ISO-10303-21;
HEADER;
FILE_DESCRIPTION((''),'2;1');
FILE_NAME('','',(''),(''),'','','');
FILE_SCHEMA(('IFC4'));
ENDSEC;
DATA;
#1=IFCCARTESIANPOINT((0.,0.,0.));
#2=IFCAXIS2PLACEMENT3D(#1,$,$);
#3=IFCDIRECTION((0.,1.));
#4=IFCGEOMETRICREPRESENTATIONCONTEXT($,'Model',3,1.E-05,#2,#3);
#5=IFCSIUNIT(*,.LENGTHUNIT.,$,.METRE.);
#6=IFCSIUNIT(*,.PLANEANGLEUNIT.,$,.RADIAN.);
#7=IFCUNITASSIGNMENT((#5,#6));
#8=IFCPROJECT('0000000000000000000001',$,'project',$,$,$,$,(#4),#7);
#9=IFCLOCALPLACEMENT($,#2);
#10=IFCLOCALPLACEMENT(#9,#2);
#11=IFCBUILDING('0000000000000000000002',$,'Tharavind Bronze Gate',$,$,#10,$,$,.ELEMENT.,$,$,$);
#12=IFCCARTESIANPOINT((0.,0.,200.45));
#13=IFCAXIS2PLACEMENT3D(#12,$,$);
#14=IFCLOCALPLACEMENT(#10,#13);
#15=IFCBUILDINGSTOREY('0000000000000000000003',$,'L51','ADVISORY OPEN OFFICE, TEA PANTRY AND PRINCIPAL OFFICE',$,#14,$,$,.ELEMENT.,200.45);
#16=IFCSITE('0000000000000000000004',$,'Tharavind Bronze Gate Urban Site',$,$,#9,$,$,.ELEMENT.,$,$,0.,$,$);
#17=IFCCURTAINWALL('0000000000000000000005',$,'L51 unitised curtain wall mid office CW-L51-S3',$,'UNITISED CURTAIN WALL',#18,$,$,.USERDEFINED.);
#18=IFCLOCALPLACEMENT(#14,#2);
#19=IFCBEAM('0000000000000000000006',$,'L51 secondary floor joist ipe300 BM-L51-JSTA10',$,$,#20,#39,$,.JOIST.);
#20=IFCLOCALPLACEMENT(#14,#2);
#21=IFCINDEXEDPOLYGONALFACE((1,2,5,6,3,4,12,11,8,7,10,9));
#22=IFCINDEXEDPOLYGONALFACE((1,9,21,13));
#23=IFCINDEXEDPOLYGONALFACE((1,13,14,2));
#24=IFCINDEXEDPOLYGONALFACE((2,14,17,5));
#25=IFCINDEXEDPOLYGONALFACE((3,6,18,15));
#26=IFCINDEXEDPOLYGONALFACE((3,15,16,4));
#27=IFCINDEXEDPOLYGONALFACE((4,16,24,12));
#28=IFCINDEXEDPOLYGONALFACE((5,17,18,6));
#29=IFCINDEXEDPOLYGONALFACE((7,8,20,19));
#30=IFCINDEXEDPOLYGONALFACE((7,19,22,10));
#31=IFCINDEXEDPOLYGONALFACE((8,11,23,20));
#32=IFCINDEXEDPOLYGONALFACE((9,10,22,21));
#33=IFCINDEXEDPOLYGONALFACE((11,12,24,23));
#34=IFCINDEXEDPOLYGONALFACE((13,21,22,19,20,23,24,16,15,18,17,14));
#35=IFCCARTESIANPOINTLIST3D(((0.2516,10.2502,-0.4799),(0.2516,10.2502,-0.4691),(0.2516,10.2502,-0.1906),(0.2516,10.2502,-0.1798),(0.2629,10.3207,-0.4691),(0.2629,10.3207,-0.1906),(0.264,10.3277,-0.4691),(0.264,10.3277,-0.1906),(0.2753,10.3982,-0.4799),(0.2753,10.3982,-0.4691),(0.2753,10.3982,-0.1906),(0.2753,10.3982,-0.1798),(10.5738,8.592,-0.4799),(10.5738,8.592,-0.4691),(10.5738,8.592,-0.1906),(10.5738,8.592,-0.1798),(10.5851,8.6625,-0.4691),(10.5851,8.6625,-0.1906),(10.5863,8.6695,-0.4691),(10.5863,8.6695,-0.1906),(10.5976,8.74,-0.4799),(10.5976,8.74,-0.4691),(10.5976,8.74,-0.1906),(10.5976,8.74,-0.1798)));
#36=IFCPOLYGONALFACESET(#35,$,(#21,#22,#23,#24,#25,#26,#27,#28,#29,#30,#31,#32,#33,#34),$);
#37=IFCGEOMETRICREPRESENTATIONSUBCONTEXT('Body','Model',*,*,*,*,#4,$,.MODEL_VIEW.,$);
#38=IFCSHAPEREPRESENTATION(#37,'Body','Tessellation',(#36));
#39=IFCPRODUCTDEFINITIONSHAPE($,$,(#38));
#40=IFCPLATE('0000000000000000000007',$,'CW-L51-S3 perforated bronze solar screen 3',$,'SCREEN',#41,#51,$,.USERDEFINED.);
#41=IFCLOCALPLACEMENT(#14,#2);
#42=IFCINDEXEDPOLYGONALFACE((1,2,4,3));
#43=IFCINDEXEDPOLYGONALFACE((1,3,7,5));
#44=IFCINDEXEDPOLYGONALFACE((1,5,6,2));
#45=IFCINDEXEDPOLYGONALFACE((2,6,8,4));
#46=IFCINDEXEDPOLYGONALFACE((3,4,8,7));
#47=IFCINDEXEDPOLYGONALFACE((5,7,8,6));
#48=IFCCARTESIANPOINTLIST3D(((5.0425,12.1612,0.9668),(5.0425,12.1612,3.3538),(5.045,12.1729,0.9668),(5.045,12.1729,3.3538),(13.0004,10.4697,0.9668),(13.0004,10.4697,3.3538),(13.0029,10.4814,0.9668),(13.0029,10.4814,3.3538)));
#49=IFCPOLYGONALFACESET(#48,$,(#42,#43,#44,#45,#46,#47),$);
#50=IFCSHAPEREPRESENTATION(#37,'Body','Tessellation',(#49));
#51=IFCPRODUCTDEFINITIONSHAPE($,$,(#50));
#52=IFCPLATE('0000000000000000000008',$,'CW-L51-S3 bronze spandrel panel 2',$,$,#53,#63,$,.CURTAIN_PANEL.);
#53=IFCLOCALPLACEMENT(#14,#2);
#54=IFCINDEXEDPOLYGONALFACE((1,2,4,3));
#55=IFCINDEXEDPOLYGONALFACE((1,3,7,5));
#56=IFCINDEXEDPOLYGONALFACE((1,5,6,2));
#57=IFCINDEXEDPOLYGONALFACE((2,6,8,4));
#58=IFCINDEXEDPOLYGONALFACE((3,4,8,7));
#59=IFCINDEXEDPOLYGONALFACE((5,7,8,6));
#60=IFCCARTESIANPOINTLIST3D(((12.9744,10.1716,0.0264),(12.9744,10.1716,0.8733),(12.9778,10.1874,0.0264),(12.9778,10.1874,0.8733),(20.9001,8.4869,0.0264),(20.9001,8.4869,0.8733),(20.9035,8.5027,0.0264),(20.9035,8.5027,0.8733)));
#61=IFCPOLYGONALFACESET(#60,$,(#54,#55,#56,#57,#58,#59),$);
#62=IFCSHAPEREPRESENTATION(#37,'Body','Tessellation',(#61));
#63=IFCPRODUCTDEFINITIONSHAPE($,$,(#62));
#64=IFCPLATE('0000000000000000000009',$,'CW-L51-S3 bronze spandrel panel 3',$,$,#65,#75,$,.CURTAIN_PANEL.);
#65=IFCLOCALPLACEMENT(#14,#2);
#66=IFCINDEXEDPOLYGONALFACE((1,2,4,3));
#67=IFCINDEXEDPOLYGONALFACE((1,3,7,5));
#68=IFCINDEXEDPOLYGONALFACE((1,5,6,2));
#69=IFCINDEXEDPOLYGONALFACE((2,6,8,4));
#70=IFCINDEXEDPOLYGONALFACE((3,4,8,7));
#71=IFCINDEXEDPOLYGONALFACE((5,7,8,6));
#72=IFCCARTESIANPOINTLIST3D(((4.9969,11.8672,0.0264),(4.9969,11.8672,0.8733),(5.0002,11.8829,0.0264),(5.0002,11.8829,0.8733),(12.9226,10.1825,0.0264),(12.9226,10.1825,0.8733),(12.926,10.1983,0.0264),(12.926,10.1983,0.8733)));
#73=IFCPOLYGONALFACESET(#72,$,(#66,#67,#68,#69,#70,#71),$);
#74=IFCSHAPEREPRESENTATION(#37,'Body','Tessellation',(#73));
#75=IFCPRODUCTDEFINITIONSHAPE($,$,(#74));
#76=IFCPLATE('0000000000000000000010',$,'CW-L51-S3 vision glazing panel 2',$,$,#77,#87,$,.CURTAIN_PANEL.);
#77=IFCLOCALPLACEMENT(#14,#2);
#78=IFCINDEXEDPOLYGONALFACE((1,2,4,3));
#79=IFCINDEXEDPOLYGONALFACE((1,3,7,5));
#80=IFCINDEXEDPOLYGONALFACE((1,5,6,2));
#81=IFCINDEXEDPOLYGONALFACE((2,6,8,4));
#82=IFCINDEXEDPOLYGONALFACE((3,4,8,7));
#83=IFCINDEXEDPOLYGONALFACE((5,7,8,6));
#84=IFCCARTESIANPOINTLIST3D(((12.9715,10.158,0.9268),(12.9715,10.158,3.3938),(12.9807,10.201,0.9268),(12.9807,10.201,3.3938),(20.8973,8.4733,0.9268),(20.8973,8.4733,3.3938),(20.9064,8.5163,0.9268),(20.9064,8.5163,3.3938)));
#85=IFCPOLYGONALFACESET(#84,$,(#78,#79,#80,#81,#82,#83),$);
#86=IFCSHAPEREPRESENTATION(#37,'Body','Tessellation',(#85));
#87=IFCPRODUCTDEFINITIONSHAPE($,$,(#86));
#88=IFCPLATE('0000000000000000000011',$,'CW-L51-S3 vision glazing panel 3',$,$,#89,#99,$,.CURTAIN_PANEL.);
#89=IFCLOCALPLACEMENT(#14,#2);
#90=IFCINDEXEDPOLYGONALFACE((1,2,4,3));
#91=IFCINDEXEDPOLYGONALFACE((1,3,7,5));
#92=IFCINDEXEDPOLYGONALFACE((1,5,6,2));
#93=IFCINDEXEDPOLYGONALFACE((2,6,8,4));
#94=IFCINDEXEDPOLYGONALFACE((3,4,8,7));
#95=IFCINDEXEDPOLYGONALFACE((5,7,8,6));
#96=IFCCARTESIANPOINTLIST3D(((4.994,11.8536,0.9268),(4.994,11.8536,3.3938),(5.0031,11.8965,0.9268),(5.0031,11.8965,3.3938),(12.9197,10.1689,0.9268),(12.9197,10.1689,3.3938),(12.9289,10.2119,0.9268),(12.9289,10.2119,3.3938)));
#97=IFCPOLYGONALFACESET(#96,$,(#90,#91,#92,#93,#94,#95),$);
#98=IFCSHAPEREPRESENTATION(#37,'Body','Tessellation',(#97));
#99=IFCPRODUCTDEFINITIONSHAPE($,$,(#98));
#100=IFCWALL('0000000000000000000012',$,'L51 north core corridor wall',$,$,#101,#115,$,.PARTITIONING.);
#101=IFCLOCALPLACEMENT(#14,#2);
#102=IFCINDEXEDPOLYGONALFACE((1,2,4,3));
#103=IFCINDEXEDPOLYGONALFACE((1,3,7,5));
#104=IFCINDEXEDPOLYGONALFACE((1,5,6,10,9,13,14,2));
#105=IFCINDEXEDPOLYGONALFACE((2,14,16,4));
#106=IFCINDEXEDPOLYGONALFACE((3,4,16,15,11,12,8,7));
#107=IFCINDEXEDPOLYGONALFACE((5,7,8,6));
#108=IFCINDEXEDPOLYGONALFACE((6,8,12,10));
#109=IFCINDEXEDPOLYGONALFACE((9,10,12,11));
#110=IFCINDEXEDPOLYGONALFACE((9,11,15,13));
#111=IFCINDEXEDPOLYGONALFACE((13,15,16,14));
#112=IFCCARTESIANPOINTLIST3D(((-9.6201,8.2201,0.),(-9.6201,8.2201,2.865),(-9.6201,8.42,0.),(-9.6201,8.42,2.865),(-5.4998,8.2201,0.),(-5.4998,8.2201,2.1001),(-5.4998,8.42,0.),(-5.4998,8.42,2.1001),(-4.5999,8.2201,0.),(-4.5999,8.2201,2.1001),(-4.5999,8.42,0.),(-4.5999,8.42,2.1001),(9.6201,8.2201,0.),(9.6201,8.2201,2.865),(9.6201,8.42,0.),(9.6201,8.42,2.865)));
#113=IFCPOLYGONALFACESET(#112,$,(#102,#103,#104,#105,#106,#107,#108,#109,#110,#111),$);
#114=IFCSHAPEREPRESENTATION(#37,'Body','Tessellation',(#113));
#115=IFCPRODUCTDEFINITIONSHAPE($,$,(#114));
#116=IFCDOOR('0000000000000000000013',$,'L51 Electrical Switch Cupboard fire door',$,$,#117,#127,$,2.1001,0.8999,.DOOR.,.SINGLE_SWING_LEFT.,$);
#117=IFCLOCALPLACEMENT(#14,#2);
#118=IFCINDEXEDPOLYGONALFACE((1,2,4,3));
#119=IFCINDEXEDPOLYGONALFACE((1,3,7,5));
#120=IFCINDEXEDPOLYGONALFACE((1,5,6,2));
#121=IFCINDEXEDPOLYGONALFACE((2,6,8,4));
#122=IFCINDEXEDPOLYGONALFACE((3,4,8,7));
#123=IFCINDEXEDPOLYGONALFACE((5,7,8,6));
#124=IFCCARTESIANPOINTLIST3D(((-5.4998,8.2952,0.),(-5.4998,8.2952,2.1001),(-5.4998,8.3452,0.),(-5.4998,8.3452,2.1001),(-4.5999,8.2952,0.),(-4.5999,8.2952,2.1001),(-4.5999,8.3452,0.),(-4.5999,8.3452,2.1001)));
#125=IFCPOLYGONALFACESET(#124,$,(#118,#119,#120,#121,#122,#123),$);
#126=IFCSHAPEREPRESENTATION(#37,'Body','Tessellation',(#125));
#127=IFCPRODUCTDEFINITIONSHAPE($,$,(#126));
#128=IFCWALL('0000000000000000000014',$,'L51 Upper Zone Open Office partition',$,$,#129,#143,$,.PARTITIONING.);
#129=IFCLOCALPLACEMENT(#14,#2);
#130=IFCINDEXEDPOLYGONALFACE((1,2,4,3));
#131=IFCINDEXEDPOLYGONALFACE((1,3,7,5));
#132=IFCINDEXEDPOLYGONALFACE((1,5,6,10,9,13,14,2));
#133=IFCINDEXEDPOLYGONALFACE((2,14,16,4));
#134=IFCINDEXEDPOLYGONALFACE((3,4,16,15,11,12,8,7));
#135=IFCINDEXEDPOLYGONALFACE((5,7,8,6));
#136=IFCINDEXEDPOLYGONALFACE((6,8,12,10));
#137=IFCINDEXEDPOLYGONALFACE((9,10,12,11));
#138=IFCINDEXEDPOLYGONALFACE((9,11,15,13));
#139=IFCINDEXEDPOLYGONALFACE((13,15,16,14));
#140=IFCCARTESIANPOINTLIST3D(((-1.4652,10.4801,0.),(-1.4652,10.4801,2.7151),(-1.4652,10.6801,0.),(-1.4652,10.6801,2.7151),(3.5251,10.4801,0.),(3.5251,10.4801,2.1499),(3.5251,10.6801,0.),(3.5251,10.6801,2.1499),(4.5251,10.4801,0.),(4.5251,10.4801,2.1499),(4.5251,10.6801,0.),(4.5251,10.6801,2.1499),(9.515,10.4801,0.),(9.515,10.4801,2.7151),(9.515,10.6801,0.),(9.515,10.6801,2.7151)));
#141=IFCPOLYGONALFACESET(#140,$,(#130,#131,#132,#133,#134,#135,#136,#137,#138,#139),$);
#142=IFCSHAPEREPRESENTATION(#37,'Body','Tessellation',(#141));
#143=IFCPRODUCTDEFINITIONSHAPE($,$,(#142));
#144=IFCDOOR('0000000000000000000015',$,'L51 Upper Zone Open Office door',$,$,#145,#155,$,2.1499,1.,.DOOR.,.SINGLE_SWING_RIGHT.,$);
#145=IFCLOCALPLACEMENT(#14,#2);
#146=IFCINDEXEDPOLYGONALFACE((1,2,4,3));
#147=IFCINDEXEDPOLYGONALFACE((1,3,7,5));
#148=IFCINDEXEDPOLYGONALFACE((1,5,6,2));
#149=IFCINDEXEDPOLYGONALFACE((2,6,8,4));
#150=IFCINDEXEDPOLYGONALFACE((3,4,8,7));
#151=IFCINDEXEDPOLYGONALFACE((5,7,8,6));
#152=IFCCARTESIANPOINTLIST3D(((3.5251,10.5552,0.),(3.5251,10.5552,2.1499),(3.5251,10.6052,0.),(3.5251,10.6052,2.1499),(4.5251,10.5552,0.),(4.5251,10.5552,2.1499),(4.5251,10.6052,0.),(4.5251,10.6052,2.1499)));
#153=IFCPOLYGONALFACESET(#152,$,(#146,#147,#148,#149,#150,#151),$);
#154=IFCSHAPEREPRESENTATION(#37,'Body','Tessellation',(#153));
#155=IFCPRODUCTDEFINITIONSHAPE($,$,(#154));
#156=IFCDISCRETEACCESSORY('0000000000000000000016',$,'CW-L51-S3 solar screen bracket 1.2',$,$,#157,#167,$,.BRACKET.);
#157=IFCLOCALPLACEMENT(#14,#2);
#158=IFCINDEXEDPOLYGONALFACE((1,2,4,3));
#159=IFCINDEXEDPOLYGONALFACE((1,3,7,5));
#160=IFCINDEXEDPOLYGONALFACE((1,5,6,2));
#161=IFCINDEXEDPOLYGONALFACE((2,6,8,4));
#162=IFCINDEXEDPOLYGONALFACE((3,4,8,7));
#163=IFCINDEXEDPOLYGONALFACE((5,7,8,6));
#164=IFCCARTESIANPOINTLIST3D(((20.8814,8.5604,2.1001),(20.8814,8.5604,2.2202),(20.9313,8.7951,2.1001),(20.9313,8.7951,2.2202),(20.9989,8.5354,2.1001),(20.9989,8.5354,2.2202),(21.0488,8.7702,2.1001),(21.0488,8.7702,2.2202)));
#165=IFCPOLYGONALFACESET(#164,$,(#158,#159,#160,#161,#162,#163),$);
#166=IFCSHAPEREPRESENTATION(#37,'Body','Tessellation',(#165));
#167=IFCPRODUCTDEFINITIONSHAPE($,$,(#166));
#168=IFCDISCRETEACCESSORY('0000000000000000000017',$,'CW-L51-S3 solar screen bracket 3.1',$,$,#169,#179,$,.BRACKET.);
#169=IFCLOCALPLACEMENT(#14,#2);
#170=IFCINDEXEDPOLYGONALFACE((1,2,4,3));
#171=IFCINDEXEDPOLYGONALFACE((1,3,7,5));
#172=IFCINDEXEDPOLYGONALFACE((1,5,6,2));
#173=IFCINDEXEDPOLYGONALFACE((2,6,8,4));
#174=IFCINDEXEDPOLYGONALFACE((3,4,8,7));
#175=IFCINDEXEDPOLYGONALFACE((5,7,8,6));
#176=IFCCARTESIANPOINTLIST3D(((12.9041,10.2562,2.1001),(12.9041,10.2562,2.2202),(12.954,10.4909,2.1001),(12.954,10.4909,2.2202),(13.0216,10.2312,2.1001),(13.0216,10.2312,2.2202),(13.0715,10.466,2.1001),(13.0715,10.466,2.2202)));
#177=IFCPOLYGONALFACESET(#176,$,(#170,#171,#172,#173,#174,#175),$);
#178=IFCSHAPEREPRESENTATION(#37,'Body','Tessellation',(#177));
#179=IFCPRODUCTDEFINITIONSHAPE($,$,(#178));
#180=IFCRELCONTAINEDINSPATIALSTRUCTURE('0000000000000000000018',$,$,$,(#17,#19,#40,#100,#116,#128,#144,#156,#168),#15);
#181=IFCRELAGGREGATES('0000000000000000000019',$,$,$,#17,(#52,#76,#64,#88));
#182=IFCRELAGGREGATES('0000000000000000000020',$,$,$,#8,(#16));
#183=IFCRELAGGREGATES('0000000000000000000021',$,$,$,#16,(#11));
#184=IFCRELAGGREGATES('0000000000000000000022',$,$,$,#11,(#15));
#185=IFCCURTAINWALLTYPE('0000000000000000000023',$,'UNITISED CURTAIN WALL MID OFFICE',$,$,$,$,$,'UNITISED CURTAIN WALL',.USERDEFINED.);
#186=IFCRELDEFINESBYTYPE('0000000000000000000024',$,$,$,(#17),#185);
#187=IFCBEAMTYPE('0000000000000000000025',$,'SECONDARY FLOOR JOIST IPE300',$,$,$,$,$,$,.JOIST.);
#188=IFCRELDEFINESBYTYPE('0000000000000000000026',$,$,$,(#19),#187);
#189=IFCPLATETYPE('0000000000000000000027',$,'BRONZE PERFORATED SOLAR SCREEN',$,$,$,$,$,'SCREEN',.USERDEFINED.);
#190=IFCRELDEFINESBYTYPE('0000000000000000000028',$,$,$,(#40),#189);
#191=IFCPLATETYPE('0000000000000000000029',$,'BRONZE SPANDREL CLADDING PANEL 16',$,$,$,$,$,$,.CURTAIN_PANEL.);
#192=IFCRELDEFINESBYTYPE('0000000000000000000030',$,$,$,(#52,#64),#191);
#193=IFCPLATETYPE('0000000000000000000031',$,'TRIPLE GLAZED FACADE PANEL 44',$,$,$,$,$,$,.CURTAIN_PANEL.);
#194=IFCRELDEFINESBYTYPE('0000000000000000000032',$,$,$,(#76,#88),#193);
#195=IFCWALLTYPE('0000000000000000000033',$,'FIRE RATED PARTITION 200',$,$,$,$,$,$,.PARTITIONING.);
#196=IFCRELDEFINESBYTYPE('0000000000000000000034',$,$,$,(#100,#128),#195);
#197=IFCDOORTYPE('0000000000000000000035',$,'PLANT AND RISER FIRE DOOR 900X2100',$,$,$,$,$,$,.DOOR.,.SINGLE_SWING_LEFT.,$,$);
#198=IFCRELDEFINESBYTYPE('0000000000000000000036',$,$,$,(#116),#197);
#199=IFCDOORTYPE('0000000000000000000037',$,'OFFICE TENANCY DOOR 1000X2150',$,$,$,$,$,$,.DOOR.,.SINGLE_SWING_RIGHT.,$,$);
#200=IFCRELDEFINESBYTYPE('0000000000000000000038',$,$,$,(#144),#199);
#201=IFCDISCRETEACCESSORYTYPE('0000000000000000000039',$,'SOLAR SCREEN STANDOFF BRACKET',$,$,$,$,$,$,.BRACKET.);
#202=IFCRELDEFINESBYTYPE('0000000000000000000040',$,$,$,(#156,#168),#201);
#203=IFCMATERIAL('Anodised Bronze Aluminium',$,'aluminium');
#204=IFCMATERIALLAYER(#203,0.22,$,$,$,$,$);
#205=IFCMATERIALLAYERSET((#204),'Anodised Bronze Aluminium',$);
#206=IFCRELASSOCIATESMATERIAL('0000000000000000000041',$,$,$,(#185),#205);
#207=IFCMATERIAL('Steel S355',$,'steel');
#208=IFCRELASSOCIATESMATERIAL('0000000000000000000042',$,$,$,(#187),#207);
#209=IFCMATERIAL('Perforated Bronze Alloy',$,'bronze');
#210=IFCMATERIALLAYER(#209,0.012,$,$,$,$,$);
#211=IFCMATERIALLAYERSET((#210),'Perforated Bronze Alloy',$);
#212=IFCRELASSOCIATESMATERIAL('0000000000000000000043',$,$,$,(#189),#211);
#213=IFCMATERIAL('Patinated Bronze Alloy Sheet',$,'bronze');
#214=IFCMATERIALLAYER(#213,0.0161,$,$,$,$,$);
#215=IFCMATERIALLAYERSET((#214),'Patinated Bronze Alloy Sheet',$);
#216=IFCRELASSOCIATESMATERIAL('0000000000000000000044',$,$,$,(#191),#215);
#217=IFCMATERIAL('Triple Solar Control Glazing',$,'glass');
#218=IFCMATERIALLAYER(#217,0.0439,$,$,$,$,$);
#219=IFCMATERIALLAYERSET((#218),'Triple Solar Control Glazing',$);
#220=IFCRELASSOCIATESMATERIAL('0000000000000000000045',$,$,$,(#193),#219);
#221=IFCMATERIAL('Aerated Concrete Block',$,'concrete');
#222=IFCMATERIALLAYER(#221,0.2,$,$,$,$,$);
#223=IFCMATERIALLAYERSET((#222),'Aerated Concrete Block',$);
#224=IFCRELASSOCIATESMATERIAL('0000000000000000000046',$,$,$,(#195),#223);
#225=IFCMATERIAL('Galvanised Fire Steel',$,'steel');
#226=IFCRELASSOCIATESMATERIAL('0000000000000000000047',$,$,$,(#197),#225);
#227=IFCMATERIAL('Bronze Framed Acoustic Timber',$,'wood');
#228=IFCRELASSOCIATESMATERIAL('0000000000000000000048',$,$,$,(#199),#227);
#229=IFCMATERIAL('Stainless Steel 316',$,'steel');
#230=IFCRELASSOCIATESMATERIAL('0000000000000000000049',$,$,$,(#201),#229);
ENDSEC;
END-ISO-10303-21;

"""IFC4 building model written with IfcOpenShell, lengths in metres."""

from ifc_helpers import new_model, si_unit, direction, frame, frame_2d, origin, origin_2d, place, context, subcontext, project, spatial, rectangle, i_section, extrude, material, layer, layer_set, material_profile, profile_set, type_object, element, fill, aggregate, save


model = new_model("IFC4")

# Units and contexts
model_context = context("Model", 3, precision=1e-05, world=origin(), true_north=direction((0.0, 1.0)))
body_context = subcontext(model_context, "Body", "Model", "MODEL_VIEW")
ifc_project = project(units=[si_unit("LENGTHUNIT", "METRE"), si_unit("PLANEANGLEUNIT", "RADIAN")], contexts=[model_context])

# Site, building, storey
site_placement = place(None, origin())
site = spatial("IfcSite", under=ifc_project, at=site_placement, Name="Tharavind Bronze Gate Urban Site", CompositionType="ELEMENT", RefElevation=0.0)
building_placement = place(site_placement, origin())
building = spatial("IfcBuilding", under=site, at=building_placement, Name="Tharavind Bronze Gate", CompositionType="ELEMENT")
storey_placement = place(building_placement, frame((0.0, 0.0, 200.45)))
storey = spatial("IfcBuildingStorey", under=building, at=storey_placement, Name="L51", Description="ADVISORY OPEN OFFICE, TEA PANTRY AND PRINCIPAL OFFICE", CompositionType="ELEMENT", Elevation=200.45)

# Curtain wall
ifc_material_1 = material(Name="Anodised Bronze Aluminium", Category="aluminium")
ifc_layer_1 = layer(ifc_material_1, 0.22)
ifc_layer_set_1 = layer_set([ifc_layer_1], Name="Anodised Bronze Aluminium")
curtain_wall_type = type_object("IfcCurtainWallType", Name="UNITISED CURTAIN WALL MID OFFICE", ElementType="UNITISED CURTAIN WALL", PredefinedType="USERDEFINED", material=ifc_layer_set_1)
curtain_wall_placement = place(storey_placement, origin())
curtain_wall = element("IfcCurtainWall", 1, at=curtain_wall_placement, inside=storey, type_object=curtain_wall_type, Name="L51 unitised curtain wall mid office CW-L51-S3", ObjectType="UNITISED CURTAIN WALL", PredefinedType="USERDEFINED")

# Beam
ifc_material_2 = material(Name="Steel S355", Category="steel")
ifc_material_profile_1 = material_profile(ifc_material_2, i_section(OverallWidth=0.1499, OverallDepth=0.3, WebThickness=0.0071, FlangeThickness=0.0107, at=origin_2d()), Name="IPE300")
ifc_profile_set_1 = profile_set([ifc_material_profile_1], Name="Steel S355")
beam_type_1 = type_object("IfcBeamType", Name="SECONDARY FLOOR JOIST IPE300", PredefinedType="JOIST", material=ifc_profile_set_1)
beam_1_placement = place(storey_placement, frame((10.5857, 8.666, -0.3298), z_axis=(-0.987341, 0.15861, 0.0), x_axis=(-0.15861, -0.987341, 0.0)))
element("IfcBeam", 2, at=beam_1_placement, inside=storey, type_object=beam_type_1, Name="L51 secondary floor joist ipe300 BM-L51-JSTA10", PredefinedType="JOIST", context=body_context, shape_type="SweptSolid", body=[
    extrude(i_section(OverallWidth=0.1499, OverallDepth=0.3, WebThickness=0.0071, FlangeThickness=0.0107, at=origin_2d()), origin(), (0.0, 0.0, 1.0), 10.4546),
])

# Plates
ifc_material_3 = material(Name="Perforated Bronze Alloy", Category="bronze")
ifc_layer_2 = layer(ifc_material_3, 0.012)
ifc_layer_set_2 = layer_set([ifc_layer_2], Name="Perforated Bronze Alloy")
plate_type_1 = type_object("IfcPlateType", Name="BRONZE PERFORATED SOLAR SCREEN", ElementType="SCREEN", PredefinedType="USERDEFINED", material=ifc_layer_set_2)
plate_1_placement = place(storey_placement, frame((9.0227, 11.3213, 0.9668), z_axis=(0.0, 0.0, 1.0), x_axis=(-0.978148, 0.207912, 0.0)))
element("IfcPlate", 3, at=plate_1_placement, inside=storey, type_object=plate_type_1, Name="CW-L51-S3 perforated bronze solar screen 3", ObjectType="SCREEN", PredefinedType="USERDEFINED", context=body_context, shape_type="SweptSolid", body=[
    extrude(rectangle(XDim=8.1357, YDim=0.012, at=origin_2d()), origin(), (0.0, 0.0, 1.0), 2.387),
])
ifc_material_4 = material(Name="Patinated Bronze Alloy Sheet", Category="bronze")
ifc_layer_3 = layer(ifc_material_4, 0.0161)
ifc_layer_set_3 = layer_set([ifc_layer_3], Name="Patinated Bronze Alloy Sheet")
plate_type_2 = type_object("IfcPlateType", Name="BRONZE SPANDREL CLADDING PANEL 16", PredefinedType="CURTAIN_PANEL", material=ifc_layer_set_3)
plate_2_placement = place(storey_placement, frame((16.939, 9.3372, 0.0264), z_axis=(0.0, 0.0, 1.0), x_axis=(-0.978148, 0.207912, 0.0)))
plate_2 = element("IfcPlate", 4, at=plate_2_placement, type_object=plate_type_2, Name="CW-L51-S3 bronze spandrel panel 2", PredefinedType="CURTAIN_PANEL", context=body_context, shape_type="SweptSolid", body=[
    extrude(rectangle(XDim=8.1028, YDim=0.0161, at=origin_2d()), origin(), (0.0, 0.0, 1.0), 0.8469),
])
plate_3_placement = place(storey_placement, frame((8.9614, 11.0327, 0.0264), z_axis=(0.0, 0.0, 1.0), x_axis=(-0.978148, 0.207912, 0.0)))
plate_3 = element("IfcPlate", 5, at=plate_3_placement, type_object=plate_type_2, Name="CW-L51-S3 bronze spandrel panel 3", PredefinedType="CURTAIN_PANEL", context=body_context, shape_type="SweptSolid", body=[
    extrude(rectangle(XDim=8.1028, YDim=0.0161, at=origin_2d()), origin(), (0.0, 0.0, 1.0), 0.8469),
])
ifc_material_5 = material(Name="Triple Solar Control Glazing", Category="glass")
ifc_layer_4 = layer(ifc_material_5, 0.0439)
ifc_layer_set_4 = layer_set([ifc_layer_4], Name="Triple Solar Control Glazing")
plate_type_3 = type_object("IfcPlateType", Name="TRIPLE GLAZED FACADE PANEL 44", PredefinedType="CURTAIN_PANEL", material=ifc_layer_set_4)
plate_4_placement = place(storey_placement, frame((16.939, 9.3372, 0.9268), z_axis=(0.0, 0.0, 1.0), x_axis=(-0.978148, 0.207912, 0.0)))
plate_4 = element("IfcPlate", 6, at=plate_4_placement, type_object=plate_type_3, Name="CW-L51-S3 vision glazing panel 2", PredefinedType="CURTAIN_PANEL", context=body_context, shape_type="SweptSolid", body=[
    extrude(rectangle(XDim=8.1028, YDim=0.0439, at=origin_2d()), origin(), (0.0, 0.0, 1.0), 2.467),
])
plate_5_placement = place(storey_placement, frame((8.9614, 11.0327, 0.9268), z_axis=(0.0, 0.0, 1.0), x_axis=(-0.978148, 0.207912, 0.0)))
plate_5 = element("IfcPlate", 7, at=plate_5_placement, type_object=plate_type_3, Name="CW-L51-S3 vision glazing panel 3", PredefinedType="CURTAIN_PANEL", context=body_context, shape_type="SweptSolid", body=[
    extrude(rectangle(XDim=8.1028, YDim=0.0439, at=origin_2d()), origin(), (0.0, 0.0, 1.0), 2.467),
])
aggregate(curtain_wall, [plate_2, plate_4, plate_3, plate_5])

# Walls, openings, doors
ifc_material_6 = material(Name="Aerated Concrete Block", Category="concrete")
ifc_layer_5 = layer(ifc_material_6, 0.2)
ifc_layer_set_5 = layer_set([ifc_layer_5], Name="Aerated Concrete Block")
wall_type = type_object("IfcWallType", Name="FIRE RATED PARTITION 200", PredefinedType="PARTITIONING", material=ifc_layer_set_5)
wall_1_placement = place(storey_placement, frame((9.6201, 8.3201, 0.0), z_axis=(0.0, 0.0, 1.0), x_axis=(-1.0, 0.0, 0.0)))
wall_1 = element("IfcWall", 8, at=wall_1_placement, inside=storey, type_object=wall_type, Name="L51 north core corridor wall", PredefinedType="PARTITIONING", context=body_context, shape_type="SweptSolid", body=[
    extrude(rectangle(XDim=19.2402, YDim=0.2, at=frame_2d((9.6201, 0.0))), origin(), (0.0, 0.0, 1.0), 2.865),
])
opening_1_placement = place(wall_1_placement, frame((14.22, 0.0, 0.0)))
opening_1 = element("IfcOpeningElement", 9, at=opening_1_placement, cuts=wall_1, PredefinedType="OPENING", context=body_context, shape_type="SweptSolid", body=[
    extrude(rectangle(XDim=0.8999, YDim=2.1001, at=frame_2d((0.45, 1.05))), frame((0.0, 0.1101, 0.0), z_axis=(0.0, -1.0, 0.0), x_axis=(1.0, 0.0, 0.0)), (0.0, 0.0, 1.0), 0.22),
])
ifc_material_7 = material(Name="Galvanised Fire Steel", Category="steel")
door_type_1 = type_object("IfcDoorType", Name="PLANT AND RISER FIRE DOOR 900X2100", OperationType="SINGLE_SWING_LEFT", PredefinedType="DOOR", material=ifc_material_7)
door_1_placement = place(opening_1_placement, origin())
door_1 = element("IfcDoor", 10, at=door_1_placement, inside=storey, type_object=door_type_1, Name="L51 Electrical Switch Cupboard fire door", OperationType="SINGLE_SWING_LEFT", OverallHeight=2.1001, OverallWidth=0.8999, PredefinedType="DOOR", context=body_context, shape_type="SweptSolid", body=[
    extrude(rectangle(XDim=0.8999, YDim=2.1001, at=frame_2d((0.45, 1.05))), frame((0.0, 0.0249, 0.0), z_axis=(0.0, -1.0, 0.0), x_axis=(1.0, 0.0, 0.0)), (0.0, 0.0, 1.0), 0.05),
])
fill(opening_1, door_1)
wall_2_placement = place(storey_placement, frame((9.5151, 10.5801, 0.0), z_axis=(0.0, 0.0, 1.0), x_axis=(-1.0, 0.0, 0.0)))
wall_2 = element("IfcWall", 11, at=wall_2_placement, inside=storey, type_object=wall_type, Name="L51 Upper Zone Open Office partition", PredefinedType="PARTITIONING", context=body_context, shape_type="SweptSolid", body=[
    extrude(rectangle(XDim=10.9802, YDim=0.2, at=frame_2d((5.4902, 0.0))), origin(), (0.0, 0.0, 1.0), 2.7151),
])
opening_2_placement = place(wall_2_placement, frame((4.99, 0.0, 0.0)))
opening_2 = element("IfcOpeningElement", 12, at=opening_2_placement, cuts=wall_2, PredefinedType="OPENING", context=body_context, shape_type="SweptSolid", body=[
    extrude(rectangle(XDim=1.0, YDim=2.1499, at=frame_2d((0.5, 1.075))), frame((0.0, 0.1101, 0.0), z_axis=(0.0, -1.0, 0.0), x_axis=(1.0, 0.0, 0.0)), (0.0, 0.0, 1.0), 0.22),
])
ifc_material_8 = material(Name="Bronze Framed Acoustic Timber", Category="wood")
door_type_2 = type_object("IfcDoorType", Name="OFFICE TENANCY DOOR 1000X2150", OperationType="SINGLE_SWING_RIGHT", PredefinedType="DOOR", material=ifc_material_8)
door_2_placement = place(opening_2_placement, origin())
door_2 = element("IfcDoor", 13, at=door_2_placement, inside=storey, type_object=door_type_2, Name="L51 Upper Zone Open Office door", OperationType="SINGLE_SWING_RIGHT", OverallHeight=2.1499, OverallWidth=1.0, PredefinedType="DOOR", context=body_context, shape_type="SweptSolid", body=[
    extrude(rectangle(XDim=1.0, YDim=2.1499, at=frame_2d((0.5, 1.075))), frame((0.0, 0.0249, 0.0), z_axis=(0.0, -1.0, 0.0), x_axis=(1.0, 0.0, 0.0)), (0.0, 0.0, 1.0), 0.05),
])
fill(opening_2, door_2)

# Discrete accessories
ifc_material_9 = material(Name="Stainless Steel 316", Category="steel")
discrete_accessory_type = type_object("IfcDiscreteAccessoryType", Name="SOLAR SCREEN STANDOFF BRACKET", PredefinedType="BRACKET", material=ifc_material_9)
for number, where, z_axis, x_axis, name in (
    (14, (20.9651, 8.6653, 2.1001), (0.0, 0.0, 1.0), (-0.978148, 0.207912, 0.0), "CW-L51-S3 solar screen bracket 1.2"),
    (15, (12.9878, 10.3611, 2.1001), (0.0, 0.0, 1.0), (-0.978148, 0.207912, 0.0), "CW-L51-S3 solar screen bracket 3.1"),
):
    element("IfcDiscreteAccessory", number, at=place(storey_placement, frame(where, z_axis=z_axis, x_axis=x_axis)), inside=storey, type_object=discrete_accessory_type, Name=name, PredefinedType="BRACKET", context=body_context, shape_type="SweptSolid", body=[
        extrude(rectangle(XDim=0.1201, YDim=0.24, at=origin_2d()), origin(), (0.0, 0.0, 1.0), 0.1201),
    ])

save(model, "model.ifc")
